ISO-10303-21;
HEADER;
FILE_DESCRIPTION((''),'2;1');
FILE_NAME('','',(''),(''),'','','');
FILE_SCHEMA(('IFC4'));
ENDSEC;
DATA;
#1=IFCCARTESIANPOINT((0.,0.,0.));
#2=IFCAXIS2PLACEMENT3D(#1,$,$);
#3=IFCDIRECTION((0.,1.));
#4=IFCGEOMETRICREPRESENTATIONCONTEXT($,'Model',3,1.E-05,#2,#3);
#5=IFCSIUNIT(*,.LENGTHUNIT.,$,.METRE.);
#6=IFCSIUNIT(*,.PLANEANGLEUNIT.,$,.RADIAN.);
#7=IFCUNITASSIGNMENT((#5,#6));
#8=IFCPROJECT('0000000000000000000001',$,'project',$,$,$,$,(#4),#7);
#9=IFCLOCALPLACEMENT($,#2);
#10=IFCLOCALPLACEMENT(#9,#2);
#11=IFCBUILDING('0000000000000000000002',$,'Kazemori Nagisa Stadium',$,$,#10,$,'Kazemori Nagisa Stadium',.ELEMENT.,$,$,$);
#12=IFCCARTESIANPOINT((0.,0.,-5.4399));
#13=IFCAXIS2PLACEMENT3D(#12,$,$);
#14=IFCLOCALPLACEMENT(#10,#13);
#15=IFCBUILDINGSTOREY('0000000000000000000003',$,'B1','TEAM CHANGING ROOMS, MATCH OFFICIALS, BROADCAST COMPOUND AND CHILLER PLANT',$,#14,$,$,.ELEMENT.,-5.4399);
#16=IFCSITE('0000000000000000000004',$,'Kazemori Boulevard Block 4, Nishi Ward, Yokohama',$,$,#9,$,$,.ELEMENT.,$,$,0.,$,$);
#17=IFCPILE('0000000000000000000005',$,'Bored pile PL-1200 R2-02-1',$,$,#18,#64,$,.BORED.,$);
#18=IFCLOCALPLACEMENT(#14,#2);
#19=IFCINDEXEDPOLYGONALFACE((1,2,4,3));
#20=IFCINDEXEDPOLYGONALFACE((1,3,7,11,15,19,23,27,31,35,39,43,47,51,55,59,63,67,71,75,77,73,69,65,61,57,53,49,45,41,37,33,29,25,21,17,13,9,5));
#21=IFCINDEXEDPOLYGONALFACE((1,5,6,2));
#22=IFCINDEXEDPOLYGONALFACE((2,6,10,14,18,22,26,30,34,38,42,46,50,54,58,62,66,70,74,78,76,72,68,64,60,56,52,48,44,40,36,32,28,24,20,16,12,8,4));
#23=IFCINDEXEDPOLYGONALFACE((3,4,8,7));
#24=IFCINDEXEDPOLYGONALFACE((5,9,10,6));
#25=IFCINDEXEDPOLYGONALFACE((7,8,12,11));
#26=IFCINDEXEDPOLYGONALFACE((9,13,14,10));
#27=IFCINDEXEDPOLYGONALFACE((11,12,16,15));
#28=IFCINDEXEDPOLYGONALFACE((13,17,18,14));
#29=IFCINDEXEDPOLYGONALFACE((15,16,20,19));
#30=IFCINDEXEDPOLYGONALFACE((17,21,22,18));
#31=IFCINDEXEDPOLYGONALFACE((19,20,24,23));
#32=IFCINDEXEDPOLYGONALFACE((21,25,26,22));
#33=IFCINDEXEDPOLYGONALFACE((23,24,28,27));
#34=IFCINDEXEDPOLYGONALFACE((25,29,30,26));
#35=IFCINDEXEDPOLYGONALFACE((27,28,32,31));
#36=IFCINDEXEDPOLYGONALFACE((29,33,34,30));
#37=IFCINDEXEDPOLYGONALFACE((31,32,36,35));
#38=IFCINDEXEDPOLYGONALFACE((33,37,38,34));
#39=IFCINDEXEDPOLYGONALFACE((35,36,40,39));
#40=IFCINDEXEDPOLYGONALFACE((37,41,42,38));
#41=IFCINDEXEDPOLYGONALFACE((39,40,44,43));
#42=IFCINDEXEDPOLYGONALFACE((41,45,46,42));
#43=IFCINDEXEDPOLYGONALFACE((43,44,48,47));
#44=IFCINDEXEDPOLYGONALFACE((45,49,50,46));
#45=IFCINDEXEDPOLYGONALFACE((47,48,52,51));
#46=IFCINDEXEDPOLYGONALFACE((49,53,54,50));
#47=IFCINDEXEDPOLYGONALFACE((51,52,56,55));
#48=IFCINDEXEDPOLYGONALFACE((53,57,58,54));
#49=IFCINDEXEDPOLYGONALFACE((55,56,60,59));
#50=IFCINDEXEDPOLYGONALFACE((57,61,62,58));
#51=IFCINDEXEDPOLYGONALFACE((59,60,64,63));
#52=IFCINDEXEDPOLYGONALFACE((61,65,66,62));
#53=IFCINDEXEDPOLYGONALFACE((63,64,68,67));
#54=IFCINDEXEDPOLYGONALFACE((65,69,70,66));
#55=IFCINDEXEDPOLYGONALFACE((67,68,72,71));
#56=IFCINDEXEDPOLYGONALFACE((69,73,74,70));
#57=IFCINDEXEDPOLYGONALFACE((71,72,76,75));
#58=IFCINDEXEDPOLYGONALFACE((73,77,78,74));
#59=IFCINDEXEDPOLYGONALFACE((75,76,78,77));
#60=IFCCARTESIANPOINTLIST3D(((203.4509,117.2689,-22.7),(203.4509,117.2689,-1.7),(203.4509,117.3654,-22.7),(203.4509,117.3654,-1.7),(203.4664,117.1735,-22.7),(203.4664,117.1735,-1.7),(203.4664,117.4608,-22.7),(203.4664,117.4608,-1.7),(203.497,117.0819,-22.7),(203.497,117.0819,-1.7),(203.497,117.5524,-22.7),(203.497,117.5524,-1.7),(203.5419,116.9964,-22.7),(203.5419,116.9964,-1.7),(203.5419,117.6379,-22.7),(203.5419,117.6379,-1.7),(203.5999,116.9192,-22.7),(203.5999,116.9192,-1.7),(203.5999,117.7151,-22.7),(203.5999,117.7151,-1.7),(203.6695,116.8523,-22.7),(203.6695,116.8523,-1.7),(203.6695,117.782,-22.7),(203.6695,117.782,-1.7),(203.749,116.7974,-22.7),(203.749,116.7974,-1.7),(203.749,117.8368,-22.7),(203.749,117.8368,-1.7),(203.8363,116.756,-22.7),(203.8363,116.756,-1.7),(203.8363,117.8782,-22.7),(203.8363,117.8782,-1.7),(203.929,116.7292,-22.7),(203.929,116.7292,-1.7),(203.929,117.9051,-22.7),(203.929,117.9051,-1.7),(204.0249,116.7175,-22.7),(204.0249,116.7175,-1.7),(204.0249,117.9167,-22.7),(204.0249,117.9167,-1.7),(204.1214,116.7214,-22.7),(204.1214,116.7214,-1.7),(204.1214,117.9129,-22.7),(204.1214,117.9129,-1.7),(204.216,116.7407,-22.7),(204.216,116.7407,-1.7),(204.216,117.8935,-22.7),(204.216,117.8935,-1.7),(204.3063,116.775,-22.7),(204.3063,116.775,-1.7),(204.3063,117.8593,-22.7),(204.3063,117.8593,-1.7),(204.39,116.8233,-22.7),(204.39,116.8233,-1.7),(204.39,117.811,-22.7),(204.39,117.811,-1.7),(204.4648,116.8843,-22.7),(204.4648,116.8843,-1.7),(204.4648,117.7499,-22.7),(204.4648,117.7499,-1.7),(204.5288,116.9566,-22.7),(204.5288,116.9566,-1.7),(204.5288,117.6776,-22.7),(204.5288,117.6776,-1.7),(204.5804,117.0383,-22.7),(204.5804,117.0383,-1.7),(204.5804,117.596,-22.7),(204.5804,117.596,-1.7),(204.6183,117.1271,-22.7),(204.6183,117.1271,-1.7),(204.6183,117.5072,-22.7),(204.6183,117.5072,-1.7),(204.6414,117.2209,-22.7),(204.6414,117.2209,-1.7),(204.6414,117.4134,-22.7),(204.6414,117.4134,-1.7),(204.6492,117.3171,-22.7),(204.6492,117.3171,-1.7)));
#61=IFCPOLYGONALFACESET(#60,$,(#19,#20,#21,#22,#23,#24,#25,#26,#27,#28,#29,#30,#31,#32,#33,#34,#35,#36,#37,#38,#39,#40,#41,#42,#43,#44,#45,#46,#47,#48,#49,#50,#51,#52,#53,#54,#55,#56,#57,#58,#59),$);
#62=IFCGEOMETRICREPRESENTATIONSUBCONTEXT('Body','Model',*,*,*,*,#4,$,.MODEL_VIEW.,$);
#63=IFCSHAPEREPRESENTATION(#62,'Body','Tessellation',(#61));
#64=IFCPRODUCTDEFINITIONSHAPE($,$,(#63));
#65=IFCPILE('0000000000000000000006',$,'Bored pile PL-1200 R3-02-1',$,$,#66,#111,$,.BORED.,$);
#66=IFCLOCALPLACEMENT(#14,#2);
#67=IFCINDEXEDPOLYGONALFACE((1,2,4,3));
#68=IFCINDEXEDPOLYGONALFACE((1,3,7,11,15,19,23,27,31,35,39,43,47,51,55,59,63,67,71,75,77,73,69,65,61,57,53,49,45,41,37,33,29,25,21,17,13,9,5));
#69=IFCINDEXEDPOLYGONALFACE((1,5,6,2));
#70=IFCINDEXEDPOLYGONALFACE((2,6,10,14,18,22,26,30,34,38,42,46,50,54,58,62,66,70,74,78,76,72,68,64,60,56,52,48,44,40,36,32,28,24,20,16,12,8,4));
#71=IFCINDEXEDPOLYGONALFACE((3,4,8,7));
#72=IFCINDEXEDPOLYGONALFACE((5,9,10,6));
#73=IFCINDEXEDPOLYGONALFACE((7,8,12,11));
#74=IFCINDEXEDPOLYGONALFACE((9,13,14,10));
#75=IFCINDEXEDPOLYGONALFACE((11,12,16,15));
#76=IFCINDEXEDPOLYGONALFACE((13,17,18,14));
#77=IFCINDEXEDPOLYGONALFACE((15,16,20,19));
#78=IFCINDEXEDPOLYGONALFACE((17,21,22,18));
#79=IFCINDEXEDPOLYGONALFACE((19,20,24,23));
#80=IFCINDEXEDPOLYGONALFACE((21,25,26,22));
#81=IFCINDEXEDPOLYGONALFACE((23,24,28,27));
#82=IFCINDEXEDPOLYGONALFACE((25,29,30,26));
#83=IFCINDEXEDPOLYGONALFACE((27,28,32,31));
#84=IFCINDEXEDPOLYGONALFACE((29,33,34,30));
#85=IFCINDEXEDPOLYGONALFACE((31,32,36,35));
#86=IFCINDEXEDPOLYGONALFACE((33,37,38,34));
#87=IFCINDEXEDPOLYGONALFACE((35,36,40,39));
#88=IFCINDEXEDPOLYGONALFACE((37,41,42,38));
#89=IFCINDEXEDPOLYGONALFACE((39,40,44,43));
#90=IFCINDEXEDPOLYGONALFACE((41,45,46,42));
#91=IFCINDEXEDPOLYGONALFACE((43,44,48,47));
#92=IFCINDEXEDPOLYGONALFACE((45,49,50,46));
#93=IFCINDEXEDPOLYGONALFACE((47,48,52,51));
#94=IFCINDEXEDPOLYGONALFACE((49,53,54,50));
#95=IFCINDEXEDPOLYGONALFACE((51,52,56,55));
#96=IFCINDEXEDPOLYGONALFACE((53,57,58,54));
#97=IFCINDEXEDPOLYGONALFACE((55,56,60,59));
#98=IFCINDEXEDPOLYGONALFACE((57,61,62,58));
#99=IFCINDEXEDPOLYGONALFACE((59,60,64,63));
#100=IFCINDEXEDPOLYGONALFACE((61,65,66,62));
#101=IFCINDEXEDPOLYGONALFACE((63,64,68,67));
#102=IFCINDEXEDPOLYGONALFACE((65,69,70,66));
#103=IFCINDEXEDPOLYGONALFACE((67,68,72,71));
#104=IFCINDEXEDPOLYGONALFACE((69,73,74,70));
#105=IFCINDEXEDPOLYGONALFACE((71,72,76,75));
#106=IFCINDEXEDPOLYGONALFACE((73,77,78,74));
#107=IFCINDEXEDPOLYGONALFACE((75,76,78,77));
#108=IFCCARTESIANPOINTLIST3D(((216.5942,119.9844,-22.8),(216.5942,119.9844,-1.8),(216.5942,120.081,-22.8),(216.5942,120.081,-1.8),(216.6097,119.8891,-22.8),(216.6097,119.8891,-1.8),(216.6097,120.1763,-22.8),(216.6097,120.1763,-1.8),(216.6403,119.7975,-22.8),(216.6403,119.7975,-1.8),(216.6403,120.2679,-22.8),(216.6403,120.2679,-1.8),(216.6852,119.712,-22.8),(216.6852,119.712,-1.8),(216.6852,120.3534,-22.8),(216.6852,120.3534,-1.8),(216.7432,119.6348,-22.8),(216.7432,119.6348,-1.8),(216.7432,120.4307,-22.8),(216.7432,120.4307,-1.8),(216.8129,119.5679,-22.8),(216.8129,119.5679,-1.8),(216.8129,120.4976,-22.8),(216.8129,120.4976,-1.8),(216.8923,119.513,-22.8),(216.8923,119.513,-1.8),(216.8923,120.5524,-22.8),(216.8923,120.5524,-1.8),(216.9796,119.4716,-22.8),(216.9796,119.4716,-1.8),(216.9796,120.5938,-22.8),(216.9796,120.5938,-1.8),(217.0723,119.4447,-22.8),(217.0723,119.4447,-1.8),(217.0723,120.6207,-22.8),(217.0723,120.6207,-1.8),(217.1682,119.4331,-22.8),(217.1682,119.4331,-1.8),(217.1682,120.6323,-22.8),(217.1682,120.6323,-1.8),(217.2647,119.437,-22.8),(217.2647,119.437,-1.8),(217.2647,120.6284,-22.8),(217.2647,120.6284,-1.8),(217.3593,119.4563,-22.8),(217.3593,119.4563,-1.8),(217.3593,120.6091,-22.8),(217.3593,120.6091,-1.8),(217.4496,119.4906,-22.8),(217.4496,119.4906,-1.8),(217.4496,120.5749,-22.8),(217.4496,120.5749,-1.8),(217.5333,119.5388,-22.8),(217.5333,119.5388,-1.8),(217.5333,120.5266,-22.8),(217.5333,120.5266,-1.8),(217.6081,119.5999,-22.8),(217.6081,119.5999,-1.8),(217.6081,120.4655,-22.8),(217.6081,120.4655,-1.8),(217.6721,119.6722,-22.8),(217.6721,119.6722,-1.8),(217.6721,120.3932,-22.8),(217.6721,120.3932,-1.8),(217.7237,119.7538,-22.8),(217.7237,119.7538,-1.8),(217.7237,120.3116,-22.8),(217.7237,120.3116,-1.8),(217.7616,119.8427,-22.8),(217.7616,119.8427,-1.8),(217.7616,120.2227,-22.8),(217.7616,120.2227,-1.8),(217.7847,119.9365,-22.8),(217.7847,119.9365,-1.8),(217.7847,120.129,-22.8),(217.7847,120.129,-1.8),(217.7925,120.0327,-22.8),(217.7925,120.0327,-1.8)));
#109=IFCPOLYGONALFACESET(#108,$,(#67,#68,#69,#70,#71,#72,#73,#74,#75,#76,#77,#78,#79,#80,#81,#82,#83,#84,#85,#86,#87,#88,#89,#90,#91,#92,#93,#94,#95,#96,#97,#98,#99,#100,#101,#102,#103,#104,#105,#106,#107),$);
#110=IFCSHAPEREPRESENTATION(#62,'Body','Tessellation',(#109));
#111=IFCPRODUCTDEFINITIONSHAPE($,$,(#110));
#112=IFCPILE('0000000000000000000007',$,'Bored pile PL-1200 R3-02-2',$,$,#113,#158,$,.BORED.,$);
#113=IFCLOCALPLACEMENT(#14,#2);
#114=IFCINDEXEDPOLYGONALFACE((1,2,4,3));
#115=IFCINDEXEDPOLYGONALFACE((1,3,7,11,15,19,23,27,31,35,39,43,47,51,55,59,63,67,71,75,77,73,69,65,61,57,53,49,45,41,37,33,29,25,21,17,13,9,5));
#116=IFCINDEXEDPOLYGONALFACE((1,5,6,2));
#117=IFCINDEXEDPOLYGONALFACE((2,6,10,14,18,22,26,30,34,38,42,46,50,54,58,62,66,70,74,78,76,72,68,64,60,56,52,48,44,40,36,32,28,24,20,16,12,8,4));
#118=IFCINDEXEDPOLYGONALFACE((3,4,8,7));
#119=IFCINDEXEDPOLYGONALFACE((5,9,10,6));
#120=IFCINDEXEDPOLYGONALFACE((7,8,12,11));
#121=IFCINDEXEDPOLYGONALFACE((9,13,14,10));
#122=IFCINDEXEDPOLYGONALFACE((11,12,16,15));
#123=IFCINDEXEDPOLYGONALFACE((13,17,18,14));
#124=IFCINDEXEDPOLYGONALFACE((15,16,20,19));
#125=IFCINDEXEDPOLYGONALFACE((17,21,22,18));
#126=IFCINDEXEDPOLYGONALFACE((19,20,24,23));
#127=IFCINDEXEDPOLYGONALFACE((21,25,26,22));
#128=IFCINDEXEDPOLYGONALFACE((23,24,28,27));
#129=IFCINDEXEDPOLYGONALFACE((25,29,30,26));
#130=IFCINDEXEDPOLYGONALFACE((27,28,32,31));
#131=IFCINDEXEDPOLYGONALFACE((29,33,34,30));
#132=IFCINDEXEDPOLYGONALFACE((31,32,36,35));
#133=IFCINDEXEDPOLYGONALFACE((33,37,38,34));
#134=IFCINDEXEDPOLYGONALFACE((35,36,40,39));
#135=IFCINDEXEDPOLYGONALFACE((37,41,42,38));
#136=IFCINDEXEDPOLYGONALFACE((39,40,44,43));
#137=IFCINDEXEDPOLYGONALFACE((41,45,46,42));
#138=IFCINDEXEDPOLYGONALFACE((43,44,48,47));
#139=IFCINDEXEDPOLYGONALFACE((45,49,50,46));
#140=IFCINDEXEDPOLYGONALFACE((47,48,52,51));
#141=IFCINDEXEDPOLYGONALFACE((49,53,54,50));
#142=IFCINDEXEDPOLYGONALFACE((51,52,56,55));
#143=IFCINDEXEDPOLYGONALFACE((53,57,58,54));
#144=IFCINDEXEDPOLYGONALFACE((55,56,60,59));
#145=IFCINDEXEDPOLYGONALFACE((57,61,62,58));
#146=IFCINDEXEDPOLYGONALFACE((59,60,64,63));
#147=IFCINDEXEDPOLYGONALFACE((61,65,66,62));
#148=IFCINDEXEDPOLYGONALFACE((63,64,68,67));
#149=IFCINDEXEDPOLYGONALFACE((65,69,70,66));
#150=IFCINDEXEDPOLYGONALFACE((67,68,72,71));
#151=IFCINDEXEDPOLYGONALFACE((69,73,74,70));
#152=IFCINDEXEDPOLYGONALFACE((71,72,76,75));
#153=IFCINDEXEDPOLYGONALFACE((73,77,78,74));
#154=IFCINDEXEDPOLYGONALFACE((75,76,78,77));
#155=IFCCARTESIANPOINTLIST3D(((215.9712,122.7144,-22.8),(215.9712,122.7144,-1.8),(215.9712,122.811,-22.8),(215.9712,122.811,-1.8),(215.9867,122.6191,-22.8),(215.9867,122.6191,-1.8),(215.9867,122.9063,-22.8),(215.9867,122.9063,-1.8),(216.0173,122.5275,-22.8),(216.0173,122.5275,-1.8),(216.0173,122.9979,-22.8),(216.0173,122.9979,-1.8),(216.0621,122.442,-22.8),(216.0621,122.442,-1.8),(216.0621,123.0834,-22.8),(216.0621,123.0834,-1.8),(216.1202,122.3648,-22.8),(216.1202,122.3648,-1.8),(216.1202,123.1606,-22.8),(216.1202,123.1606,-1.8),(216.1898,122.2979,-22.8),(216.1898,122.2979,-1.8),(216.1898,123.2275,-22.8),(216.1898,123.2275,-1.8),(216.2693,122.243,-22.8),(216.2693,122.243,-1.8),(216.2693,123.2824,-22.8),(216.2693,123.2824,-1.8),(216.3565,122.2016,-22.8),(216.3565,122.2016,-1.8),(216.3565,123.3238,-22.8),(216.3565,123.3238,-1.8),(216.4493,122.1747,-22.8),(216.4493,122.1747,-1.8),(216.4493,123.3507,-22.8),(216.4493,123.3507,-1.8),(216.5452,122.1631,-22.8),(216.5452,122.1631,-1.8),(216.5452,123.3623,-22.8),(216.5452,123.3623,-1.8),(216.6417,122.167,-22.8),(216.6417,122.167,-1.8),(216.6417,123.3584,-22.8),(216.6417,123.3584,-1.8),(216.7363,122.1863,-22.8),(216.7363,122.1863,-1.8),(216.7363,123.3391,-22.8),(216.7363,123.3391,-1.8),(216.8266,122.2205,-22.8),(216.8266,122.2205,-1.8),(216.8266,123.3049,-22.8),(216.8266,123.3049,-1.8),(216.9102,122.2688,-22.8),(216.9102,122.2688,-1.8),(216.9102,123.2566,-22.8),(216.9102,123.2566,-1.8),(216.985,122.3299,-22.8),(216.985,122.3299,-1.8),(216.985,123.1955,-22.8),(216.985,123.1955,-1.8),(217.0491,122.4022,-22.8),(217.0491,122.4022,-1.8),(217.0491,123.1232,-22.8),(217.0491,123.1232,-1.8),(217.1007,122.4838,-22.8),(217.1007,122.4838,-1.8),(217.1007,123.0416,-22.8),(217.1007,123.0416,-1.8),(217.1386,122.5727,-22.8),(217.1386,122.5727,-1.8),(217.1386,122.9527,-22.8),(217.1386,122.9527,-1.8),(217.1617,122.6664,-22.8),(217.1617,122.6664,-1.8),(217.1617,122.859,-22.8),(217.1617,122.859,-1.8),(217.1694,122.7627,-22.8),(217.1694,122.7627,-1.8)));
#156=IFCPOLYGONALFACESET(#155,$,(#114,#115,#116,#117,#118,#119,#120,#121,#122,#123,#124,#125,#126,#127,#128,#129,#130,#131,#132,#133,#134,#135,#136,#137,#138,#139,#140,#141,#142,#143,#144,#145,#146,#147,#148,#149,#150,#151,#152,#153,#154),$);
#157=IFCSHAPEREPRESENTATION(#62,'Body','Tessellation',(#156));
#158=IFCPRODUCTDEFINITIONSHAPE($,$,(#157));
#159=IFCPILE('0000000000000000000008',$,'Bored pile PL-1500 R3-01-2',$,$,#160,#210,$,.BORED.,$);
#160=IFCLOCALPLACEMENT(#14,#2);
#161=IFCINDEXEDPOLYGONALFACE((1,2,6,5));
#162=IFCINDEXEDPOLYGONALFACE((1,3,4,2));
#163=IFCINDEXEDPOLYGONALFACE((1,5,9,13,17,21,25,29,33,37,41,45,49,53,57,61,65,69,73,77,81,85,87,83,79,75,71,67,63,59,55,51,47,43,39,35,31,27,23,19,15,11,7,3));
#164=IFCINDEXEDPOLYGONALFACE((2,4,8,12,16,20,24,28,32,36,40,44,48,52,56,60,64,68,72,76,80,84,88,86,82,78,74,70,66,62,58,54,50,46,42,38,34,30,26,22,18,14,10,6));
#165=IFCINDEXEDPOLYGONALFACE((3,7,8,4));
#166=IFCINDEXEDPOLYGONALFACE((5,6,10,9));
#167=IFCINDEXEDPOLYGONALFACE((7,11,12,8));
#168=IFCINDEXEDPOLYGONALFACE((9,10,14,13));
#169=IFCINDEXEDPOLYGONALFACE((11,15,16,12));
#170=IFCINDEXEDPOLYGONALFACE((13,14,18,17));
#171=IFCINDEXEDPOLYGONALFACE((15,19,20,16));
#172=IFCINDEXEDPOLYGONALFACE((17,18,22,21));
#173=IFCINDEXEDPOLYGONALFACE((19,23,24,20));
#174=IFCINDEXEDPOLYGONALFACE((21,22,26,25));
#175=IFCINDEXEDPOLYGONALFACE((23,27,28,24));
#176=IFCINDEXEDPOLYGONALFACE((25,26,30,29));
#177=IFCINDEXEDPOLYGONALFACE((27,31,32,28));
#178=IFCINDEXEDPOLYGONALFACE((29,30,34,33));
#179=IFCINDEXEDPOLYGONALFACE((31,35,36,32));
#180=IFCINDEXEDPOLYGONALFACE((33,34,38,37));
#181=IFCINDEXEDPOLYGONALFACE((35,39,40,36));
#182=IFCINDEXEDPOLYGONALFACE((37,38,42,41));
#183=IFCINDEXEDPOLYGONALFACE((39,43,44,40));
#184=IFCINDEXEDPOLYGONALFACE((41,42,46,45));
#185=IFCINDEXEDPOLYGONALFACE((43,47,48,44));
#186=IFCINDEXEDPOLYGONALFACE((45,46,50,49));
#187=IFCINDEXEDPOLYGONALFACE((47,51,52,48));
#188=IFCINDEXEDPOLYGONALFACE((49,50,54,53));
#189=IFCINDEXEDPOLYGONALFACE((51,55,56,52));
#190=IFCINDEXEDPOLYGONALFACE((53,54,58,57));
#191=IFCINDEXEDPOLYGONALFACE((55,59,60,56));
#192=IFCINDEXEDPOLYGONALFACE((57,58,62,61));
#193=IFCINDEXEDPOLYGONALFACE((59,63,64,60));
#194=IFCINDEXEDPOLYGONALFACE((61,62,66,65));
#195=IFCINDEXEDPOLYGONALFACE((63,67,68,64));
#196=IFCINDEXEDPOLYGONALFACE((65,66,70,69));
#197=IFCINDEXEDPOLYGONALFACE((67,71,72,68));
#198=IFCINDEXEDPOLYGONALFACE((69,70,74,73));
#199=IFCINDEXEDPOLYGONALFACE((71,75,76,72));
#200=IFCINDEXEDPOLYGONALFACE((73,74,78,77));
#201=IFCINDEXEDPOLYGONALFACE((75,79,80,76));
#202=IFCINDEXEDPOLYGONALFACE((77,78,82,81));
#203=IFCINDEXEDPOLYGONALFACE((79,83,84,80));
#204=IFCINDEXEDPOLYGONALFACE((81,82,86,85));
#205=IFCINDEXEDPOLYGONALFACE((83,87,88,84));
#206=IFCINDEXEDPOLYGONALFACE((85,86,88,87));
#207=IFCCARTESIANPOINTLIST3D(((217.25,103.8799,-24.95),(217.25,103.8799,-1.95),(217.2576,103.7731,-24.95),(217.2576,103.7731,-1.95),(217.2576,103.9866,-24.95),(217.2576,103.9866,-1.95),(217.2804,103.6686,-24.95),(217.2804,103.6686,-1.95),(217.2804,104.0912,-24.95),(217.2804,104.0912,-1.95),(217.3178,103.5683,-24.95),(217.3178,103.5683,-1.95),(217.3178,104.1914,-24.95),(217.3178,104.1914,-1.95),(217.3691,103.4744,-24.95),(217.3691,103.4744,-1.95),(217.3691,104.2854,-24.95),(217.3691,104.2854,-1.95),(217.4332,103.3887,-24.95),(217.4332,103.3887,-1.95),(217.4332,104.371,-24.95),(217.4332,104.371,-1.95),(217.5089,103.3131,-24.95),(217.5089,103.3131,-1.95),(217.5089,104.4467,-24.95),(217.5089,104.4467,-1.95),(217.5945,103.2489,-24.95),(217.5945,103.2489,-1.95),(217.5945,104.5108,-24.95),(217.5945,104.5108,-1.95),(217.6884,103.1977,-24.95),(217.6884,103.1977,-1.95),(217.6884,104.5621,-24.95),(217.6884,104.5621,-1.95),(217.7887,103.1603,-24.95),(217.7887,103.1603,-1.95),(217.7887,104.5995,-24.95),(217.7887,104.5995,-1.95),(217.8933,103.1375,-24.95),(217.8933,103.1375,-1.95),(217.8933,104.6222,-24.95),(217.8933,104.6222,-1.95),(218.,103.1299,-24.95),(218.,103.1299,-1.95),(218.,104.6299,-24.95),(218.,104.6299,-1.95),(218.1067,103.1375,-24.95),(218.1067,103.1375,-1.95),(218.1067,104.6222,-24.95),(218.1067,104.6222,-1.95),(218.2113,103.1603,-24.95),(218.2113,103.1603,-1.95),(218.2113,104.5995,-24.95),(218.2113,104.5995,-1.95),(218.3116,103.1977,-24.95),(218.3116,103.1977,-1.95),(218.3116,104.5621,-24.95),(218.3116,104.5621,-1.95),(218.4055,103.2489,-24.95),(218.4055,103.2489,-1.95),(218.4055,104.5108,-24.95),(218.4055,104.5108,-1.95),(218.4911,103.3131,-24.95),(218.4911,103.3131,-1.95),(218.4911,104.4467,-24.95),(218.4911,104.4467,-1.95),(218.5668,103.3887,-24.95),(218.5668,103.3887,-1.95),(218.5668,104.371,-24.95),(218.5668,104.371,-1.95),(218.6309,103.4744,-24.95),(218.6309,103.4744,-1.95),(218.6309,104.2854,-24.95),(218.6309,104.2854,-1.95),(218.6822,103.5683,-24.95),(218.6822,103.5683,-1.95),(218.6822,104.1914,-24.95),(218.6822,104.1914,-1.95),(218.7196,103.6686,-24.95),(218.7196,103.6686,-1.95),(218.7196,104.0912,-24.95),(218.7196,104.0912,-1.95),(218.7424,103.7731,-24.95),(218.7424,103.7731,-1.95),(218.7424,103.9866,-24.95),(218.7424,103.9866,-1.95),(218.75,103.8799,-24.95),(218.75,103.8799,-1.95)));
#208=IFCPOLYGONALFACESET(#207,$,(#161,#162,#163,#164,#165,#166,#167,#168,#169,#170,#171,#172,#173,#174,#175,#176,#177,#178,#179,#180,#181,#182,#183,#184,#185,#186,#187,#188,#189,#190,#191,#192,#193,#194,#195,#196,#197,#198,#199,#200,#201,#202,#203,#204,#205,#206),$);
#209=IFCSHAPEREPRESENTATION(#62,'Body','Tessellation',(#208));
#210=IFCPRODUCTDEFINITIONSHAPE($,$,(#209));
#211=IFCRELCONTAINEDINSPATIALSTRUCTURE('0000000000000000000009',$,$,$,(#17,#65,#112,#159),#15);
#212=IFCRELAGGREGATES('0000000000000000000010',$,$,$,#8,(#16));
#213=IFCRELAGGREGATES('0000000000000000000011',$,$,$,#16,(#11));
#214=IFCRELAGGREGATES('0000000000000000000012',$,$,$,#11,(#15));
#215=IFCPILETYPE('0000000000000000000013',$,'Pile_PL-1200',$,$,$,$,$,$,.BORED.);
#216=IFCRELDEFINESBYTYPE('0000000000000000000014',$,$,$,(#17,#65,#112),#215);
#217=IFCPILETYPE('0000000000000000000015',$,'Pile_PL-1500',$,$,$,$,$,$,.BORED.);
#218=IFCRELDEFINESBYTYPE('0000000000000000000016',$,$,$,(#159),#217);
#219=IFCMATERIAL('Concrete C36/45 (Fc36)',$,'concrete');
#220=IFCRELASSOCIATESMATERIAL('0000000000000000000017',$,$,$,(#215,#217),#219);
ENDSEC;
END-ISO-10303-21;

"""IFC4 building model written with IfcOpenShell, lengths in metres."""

from ifc_helpers import new_model, si_unit, direction, frame, origin, origin_2d, place, context, subcontext, project, spatial, circle, extrude, material, material_profile, profile_set, type_object, element, save


model = new_model("IFC4")

# Units and contexts
model_context = context("Model", 3, precision=1e-05, world=origin(), true_north=direction((0.0, 1.0)))
body_context = subcontext(model_context, "Body", "Model", "MODEL_VIEW")
ifc_project = project(units=[si_unit("LENGTHUNIT", "METRE"), si_unit("PLANEANGLEUNIT", "RADIAN")], contexts=[model_context])

# Site, building, storey
site_placement = place(None, origin())
site = spatial("IfcSite", under=ifc_project, at=site_placement, Name="Kazemori Boulevard Block 4, Nishi Ward, Yokohama", CompositionType="ELEMENT", RefElevation=0.0)
building_placement = place(site_placement, origin())
building = spatial("IfcBuilding", under=site, at=building_placement, Name="Kazemori Nagisa Stadium", LongName="Kazemori Nagisa Stadium", CompositionType="ELEMENT")
storey_placement = place(building_placement, frame((0.0, 0.0, -5.4399)))
storey = spatial("IfcBuildingStorey", under=building, at=storey_placement, Name="B1", Description="TEAM CHANGING ROOMS, MATCH OFFICIALS, BROADCAST COMPOUND AND CHILLER PLANT", CompositionType="ELEMENT", Elevation=-5.4399)

# Piles
ifc_material_1 = material(Name="Concrete C36/45 (Fc36)", Category="concrete")
ifc_material_profile_1 = material_profile(ifc_material_1, circle(Radius=0.6001, at=origin_2d()), Name="PILE-D1200")
ifc_profile_set_1 = profile_set([ifc_material_profile_1], Name="Concrete C36/45 (Fc36)")
pile_type_1 = type_object("IfcPileType", Name="Pile_PL-1200", PredefinedType="BORED", material=ifc_profile_set_1)
for number, where, z_axis, x_axis, name in (
    (1, (204.0491, 117.3171, -1.7), (0.0, 0.0, -1.0), (1.0, 0.0, 0.0), "Bored pile PL-1200 R2-02-1"),
    (2, (217.1924, 120.0327, -1.8), (0.0, 0.0, -1.0), (1.0, 0.0, 0.0), "Bored pile PL-1200 R3-02-1"),
    (3, (216.5693, 122.7627, -1.8), (0.0, 0.0, -1.0), (1.0, 0.0, 0.0), "Bored pile PL-1200 R3-02-2"),
):
    element("IfcPile", number, at=place(storey_placement, frame(where, z_axis=z_axis, x_axis=x_axis)), inside=storey, type_object=pile_type_1, Name=name, PredefinedType="BORED", context=body_context, shape_type="SweptSolid", body=[
        extrude(circle(Radius=0.6001, at=origin_2d()), origin(), (0.0, 0.0, 1.0), 21.0),
    ])
ifc_material_profile_2 = material_profile(ifc_material_1, circle(Radius=0.75, at=origin_2d()), Name="PILE-D1500")
ifc_profile_set_2 = profile_set([ifc_material_profile_2], Name="Concrete C36/45 (Fc36)")
pile_type_2 = type_object("IfcPileType", Name="Pile_PL-1500", PredefinedType="BORED", material=ifc_profile_set_2)
pile_placement = place(storey_placement, frame((218.0, 103.8799, -1.95), z_axis=(0.0, 0.0, -1.0), x_axis=(1.0, 0.0, 0.0)))
element("IfcPile", 4, at=pile_placement, inside=storey, type_object=pile_type_2, Name="Bored pile PL-1500 R3-01-2", PredefinedType="BORED", context=body_context, shape_type="SweptSolid", body=[
    extrude(circle(Radius=0.75, at=origin_2d()), origin(), (0.0, 0.0, 1.0), 23.0),
])

save(model, "model.ifc")
